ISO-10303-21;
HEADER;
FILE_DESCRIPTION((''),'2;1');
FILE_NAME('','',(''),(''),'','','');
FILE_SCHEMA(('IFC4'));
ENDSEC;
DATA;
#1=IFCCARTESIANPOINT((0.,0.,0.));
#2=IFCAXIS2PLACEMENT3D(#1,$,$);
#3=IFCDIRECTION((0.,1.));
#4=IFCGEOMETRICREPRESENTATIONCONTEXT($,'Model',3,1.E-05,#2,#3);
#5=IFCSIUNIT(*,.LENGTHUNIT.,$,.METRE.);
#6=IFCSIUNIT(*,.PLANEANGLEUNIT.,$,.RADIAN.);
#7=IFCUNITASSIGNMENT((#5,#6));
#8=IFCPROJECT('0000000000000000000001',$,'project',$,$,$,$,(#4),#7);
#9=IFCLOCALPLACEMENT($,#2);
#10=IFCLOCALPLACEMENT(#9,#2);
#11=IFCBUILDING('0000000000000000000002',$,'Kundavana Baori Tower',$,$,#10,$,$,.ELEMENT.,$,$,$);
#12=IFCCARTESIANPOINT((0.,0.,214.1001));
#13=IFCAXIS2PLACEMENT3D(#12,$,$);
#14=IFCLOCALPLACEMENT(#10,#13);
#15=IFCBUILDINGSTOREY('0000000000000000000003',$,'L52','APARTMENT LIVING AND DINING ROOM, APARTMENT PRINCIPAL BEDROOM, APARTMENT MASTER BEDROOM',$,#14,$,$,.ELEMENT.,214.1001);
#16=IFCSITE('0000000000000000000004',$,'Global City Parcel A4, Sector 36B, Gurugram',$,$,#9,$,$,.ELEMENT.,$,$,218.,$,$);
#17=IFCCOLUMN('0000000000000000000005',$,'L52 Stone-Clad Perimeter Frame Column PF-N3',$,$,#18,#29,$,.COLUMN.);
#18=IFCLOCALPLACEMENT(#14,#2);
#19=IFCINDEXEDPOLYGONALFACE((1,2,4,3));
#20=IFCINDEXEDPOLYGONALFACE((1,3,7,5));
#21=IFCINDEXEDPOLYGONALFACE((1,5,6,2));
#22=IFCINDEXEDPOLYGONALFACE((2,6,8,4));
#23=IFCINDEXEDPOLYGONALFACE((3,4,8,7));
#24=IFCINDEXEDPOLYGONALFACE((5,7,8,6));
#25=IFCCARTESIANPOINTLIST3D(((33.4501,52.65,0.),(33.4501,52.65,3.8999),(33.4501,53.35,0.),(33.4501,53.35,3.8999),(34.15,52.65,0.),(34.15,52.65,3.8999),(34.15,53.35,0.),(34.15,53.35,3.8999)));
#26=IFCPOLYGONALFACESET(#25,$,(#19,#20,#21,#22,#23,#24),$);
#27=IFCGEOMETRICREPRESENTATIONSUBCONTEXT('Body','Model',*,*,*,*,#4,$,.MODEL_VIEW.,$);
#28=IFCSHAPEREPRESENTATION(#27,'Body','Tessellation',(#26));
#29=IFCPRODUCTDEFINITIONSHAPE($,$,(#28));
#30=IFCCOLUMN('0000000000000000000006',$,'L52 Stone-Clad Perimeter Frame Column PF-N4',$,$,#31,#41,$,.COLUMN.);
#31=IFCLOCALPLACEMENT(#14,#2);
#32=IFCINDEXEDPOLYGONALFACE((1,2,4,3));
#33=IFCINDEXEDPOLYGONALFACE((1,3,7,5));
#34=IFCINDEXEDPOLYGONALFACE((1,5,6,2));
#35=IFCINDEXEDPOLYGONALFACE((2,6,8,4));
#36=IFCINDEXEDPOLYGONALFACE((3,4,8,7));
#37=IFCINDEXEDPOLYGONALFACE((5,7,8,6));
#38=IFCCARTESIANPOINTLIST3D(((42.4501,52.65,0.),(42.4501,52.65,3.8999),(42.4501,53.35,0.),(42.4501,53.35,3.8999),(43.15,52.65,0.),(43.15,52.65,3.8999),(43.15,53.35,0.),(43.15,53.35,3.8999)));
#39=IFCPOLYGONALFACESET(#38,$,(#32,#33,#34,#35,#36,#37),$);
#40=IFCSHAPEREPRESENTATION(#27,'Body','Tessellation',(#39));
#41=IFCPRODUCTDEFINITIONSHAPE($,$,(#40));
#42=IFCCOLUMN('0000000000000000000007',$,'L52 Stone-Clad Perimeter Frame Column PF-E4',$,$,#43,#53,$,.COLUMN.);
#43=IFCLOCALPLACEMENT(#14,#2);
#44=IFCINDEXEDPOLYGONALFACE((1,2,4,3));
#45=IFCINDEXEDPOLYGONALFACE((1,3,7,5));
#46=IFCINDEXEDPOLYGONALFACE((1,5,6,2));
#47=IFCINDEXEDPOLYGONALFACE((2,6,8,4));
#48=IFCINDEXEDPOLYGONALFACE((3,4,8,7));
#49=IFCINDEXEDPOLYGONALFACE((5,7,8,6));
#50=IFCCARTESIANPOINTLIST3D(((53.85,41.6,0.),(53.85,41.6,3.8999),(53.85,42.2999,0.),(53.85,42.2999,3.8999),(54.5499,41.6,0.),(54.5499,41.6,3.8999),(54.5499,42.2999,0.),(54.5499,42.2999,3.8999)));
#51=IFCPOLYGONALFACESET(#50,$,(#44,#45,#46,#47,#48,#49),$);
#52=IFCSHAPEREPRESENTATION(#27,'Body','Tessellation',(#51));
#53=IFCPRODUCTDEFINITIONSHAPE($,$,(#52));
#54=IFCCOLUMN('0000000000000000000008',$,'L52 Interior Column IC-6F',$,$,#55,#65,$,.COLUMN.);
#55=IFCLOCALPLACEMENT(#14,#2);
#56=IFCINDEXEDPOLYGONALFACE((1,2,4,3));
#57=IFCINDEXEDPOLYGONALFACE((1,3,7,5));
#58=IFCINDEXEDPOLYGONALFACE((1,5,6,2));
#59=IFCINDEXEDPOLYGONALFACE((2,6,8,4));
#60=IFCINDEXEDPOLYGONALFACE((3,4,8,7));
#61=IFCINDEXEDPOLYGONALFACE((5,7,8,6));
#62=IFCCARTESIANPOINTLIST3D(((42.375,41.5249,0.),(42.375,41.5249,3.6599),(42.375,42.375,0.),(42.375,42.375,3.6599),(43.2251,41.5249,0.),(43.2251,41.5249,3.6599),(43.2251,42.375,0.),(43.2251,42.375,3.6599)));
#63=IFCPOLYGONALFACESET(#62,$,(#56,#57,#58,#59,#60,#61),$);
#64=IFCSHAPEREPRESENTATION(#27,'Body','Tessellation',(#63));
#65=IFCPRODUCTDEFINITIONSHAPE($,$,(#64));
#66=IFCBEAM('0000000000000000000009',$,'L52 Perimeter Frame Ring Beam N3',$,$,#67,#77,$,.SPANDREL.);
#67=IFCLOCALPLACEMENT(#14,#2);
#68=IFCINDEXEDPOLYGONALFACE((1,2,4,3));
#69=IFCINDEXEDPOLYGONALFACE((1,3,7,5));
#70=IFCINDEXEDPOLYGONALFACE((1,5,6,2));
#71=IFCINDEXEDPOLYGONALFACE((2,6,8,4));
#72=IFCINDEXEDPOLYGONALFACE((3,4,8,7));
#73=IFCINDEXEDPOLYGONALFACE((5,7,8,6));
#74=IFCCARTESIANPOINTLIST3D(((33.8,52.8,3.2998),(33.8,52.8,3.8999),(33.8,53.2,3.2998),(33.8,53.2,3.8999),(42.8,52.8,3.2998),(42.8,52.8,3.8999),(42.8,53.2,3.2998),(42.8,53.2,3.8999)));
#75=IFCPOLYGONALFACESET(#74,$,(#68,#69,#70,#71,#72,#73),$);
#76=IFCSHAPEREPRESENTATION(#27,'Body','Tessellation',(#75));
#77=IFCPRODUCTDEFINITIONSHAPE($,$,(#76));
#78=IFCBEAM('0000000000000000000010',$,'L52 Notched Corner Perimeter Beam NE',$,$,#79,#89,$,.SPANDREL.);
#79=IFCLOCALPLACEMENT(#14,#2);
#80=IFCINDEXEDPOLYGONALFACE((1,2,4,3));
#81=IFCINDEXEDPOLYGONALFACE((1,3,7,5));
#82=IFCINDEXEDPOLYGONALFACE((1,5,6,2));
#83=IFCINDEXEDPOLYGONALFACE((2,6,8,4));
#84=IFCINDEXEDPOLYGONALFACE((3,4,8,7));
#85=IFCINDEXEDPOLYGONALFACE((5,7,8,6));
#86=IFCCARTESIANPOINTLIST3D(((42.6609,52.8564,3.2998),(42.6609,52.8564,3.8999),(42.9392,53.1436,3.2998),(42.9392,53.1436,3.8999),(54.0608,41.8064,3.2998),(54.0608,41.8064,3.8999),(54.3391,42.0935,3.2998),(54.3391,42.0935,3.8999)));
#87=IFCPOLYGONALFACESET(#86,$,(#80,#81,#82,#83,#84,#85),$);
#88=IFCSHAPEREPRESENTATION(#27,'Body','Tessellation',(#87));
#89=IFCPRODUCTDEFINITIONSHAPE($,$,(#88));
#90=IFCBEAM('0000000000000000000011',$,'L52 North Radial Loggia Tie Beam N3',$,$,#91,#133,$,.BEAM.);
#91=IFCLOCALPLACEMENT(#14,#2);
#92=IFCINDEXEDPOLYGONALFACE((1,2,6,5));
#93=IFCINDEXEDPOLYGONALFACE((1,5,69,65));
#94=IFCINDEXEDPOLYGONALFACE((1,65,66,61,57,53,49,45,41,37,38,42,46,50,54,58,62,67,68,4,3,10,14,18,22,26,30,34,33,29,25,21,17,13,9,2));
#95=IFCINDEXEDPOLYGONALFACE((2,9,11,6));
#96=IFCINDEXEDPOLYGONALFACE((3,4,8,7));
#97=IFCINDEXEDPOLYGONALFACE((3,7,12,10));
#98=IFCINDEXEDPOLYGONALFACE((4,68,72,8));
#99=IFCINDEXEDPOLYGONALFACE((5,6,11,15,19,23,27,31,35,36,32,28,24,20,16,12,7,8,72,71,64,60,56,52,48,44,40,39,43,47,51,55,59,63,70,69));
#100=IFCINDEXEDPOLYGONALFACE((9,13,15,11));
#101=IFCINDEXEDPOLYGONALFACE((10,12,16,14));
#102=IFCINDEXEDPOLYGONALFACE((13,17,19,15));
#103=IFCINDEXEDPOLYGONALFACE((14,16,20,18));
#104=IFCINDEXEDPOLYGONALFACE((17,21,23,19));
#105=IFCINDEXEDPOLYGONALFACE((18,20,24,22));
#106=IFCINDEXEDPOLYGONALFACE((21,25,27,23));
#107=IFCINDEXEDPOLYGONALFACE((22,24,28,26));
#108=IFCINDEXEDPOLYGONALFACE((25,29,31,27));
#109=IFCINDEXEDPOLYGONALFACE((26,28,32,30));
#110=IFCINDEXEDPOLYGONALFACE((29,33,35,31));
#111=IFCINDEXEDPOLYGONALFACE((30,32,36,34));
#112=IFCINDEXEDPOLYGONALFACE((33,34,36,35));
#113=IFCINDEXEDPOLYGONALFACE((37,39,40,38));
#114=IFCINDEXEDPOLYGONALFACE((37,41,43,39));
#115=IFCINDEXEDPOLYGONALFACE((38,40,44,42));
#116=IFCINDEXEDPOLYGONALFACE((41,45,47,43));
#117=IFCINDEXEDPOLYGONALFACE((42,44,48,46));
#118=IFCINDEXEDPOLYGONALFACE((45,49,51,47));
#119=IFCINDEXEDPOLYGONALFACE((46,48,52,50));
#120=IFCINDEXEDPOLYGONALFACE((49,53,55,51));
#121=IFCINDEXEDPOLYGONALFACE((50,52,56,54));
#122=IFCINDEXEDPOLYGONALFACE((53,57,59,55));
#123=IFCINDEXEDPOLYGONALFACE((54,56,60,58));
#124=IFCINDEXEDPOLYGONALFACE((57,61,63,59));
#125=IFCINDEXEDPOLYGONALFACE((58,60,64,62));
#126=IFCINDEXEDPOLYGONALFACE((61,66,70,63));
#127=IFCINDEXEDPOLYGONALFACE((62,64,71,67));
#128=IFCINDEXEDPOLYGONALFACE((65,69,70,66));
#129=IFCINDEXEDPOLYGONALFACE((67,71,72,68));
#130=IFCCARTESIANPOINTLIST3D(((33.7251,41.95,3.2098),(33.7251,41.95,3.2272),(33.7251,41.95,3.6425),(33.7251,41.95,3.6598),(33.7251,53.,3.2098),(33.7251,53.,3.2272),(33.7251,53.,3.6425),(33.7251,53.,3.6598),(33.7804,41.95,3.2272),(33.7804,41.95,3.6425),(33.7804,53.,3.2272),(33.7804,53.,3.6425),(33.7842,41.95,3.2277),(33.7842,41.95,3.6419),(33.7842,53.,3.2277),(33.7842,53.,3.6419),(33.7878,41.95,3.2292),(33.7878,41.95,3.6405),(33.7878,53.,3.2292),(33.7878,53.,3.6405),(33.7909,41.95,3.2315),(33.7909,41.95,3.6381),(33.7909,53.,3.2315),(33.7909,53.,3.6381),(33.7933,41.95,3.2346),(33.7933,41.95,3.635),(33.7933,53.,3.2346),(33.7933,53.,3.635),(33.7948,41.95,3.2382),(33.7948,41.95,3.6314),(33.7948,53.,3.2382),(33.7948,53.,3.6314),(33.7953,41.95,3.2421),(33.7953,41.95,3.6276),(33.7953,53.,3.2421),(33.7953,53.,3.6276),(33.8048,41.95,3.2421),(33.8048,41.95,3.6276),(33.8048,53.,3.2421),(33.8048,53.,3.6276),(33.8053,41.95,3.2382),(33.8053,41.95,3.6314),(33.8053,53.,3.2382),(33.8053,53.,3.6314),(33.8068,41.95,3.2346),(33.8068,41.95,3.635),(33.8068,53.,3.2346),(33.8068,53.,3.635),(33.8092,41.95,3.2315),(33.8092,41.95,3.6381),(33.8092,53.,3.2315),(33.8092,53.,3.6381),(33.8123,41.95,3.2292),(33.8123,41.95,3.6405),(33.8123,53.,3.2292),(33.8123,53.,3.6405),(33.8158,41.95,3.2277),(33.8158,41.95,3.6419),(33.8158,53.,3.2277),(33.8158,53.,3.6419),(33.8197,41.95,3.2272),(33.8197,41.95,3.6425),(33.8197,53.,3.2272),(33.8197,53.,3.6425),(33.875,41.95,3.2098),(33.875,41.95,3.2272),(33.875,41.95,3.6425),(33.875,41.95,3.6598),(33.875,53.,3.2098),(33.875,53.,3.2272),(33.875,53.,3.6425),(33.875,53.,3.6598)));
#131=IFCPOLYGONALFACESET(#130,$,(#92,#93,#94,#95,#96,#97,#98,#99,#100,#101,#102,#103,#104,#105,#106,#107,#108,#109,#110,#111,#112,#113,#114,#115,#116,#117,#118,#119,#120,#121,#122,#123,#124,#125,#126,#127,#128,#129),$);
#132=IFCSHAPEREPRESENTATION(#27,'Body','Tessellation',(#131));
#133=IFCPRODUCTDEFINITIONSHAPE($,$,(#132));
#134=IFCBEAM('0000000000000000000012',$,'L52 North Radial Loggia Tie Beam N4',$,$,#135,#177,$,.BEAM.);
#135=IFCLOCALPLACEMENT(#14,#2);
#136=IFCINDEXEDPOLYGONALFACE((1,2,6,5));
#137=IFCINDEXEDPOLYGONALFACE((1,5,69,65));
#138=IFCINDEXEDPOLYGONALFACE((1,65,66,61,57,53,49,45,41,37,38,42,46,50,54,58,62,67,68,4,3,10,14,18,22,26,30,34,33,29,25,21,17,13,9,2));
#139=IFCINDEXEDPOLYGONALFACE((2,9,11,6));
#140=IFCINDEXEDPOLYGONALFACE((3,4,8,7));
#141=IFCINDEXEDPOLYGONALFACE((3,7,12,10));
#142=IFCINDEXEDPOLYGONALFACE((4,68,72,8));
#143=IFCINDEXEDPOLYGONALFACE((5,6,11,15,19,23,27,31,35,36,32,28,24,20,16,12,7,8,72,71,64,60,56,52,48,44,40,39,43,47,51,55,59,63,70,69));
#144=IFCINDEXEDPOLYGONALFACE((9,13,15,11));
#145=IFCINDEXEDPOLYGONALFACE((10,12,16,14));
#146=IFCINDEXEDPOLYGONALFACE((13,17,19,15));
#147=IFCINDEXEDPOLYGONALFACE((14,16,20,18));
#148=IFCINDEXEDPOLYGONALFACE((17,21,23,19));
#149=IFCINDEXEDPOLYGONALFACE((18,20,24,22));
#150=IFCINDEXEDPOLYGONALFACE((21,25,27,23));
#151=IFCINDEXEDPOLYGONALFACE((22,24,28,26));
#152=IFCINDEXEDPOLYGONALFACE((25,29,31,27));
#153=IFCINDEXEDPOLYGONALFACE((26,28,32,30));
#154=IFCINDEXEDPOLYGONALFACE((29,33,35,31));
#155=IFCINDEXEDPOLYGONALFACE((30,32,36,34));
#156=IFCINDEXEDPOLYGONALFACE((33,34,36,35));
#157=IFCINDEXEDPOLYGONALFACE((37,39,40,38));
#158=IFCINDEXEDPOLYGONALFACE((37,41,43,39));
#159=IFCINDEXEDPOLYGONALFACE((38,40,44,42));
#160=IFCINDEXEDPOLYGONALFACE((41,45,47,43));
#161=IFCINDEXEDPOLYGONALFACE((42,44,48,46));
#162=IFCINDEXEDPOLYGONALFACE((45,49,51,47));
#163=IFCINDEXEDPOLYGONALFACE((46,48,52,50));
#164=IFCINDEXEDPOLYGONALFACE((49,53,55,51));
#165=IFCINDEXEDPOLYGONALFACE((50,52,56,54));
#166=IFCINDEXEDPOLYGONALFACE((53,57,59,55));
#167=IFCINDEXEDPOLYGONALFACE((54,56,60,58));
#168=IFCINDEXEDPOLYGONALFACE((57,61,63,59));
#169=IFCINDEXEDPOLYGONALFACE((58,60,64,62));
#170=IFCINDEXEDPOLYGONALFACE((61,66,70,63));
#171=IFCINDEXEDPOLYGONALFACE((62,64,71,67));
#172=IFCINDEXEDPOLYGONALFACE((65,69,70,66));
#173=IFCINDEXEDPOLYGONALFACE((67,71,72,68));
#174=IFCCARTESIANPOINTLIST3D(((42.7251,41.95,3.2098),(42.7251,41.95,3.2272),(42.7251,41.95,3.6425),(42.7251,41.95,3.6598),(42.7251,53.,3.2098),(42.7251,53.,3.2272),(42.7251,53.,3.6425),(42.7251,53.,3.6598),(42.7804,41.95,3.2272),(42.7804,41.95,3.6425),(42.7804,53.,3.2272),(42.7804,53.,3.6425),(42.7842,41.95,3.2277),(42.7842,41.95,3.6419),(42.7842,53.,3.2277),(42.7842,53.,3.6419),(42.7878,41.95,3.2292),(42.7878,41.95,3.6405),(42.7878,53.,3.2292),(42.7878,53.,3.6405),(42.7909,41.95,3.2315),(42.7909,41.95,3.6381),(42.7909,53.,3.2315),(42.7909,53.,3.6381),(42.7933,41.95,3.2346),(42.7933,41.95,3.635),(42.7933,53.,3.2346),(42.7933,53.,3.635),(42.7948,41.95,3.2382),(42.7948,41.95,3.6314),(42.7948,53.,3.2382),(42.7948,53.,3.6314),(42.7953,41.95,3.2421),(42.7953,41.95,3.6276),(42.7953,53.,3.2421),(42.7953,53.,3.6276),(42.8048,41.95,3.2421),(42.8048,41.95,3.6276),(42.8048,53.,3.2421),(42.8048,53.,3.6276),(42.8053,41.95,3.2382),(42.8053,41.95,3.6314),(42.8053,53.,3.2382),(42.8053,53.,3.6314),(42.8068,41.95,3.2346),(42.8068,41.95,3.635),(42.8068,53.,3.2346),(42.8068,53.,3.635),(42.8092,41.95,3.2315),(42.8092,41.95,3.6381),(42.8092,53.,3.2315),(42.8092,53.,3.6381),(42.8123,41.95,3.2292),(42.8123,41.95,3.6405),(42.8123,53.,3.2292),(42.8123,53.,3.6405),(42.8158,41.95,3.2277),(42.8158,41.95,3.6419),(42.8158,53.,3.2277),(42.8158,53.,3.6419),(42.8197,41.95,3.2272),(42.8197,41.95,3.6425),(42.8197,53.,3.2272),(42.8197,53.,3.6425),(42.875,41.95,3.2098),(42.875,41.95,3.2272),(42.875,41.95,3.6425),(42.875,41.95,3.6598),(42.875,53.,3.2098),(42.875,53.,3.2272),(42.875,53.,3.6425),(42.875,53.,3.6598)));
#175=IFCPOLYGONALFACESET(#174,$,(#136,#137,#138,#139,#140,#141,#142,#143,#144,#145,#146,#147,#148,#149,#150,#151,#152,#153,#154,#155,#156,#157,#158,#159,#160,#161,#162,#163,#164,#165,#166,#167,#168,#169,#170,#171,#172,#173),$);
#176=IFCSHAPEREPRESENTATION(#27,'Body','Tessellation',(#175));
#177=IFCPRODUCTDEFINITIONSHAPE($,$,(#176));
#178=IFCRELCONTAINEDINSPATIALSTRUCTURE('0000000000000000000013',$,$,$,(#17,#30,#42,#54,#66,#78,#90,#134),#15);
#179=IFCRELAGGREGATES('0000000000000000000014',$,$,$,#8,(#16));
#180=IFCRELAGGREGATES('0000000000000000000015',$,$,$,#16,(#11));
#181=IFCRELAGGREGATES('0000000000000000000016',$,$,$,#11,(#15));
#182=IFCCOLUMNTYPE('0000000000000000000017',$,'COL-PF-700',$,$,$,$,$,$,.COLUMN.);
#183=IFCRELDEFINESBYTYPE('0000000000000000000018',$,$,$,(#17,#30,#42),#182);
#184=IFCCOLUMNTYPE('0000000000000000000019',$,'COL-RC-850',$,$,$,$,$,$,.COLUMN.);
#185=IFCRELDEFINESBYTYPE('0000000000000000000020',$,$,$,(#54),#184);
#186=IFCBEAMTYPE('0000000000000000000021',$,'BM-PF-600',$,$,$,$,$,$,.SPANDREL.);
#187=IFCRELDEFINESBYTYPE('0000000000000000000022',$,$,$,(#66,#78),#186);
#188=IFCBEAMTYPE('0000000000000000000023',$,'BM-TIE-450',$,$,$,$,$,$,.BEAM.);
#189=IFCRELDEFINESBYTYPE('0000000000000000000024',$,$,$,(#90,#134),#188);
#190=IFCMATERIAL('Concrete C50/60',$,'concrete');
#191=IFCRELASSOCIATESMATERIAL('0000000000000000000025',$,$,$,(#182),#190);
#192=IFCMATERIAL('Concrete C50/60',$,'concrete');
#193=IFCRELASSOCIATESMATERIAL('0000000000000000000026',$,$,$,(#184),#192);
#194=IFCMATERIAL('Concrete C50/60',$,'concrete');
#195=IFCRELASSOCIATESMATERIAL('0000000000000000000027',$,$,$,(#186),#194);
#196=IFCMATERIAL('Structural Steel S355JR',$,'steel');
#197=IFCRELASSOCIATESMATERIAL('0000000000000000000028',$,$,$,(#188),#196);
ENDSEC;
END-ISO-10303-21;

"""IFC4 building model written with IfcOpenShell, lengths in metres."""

from ifc_helpers import new_model, si_unit, direction, frame, origin, origin_2d, place, context, subcontext, project, spatial, rectangle, i_section, extrude, material, material_profile, profile_set, type_object, element, save


model = new_model("IFC4")

# Units and contexts
model_context = context("Model", 3, precision=1e-05, world=origin(), true_north=direction((0.0, 1.0)))
body_context = subcontext(model_context, "Body", "Model", "MODEL_VIEW")
ifc_project = project(units=[si_unit("LENGTHUNIT", "METRE"), si_unit("PLANEANGLEUNIT", "RADIAN")], contexts=[model_context])

# Site, building, storey
site_placement = place(None, origin())
site = spatial("IfcSite", under=ifc_project, at=site_placement, Name="Global City Parcel A4, Sector 36B, Gurugram", CompositionType="ELEMENT", RefElevation=218.0)
building_placement = place(site_placement, origin())
building = spatial("IfcBuilding", under=site, at=building_placement, Name="Kundavana Baori Tower", CompositionType="ELEMENT")
storey_placement = place(building_placement, frame((0.0, 0.0, 214.1001)))
storey = spatial("IfcBuildingStorey", under=building, at=storey_placement, Name="L52", Description="APARTMENT LIVING AND DINING ROOM, APARTMENT PRINCIPAL BEDROOM, APARTMENT MASTER BEDROOM", CompositionType="ELEMENT", Elevation=214.1001)

# Columns
ifc_material_1 = material(Name="Concrete C50/60", Category="concrete")
ifc_material_profile_1 = material_profile(ifc_material_1, rectangle(XDim=0.7, YDim=0.7, at=origin_2d()), Name="RC PF 700x700")
ifc_profile_set_1 = profile_set([ifc_material_profile_1], Name="Concrete C50/60")
column_type_1 = type_object("IfcColumnType", Name="COL-PF-700", PredefinedType="COLUMN", material=ifc_profile_set_1)
for number, where, z_axis, x_axis, name in (
    (1, (33.8, 53.0, 0.0), (0.0, 0.0, 1.0), (1.0, 0.0, 0.0), "L52 Stone-Clad Perimeter Frame Column PF-N3"),
    (2, (42.8, 53.0, 0.0), (0.0, 0.0, 1.0), (1.0, 0.0, 0.0), "L52 Stone-Clad Perimeter Frame Column PF-N4"),
    (3, (54.2, 41.95, 0.0), (0.0, 0.0, 1.0), (1.0, 0.0, 0.0), "L52 Stone-Clad Perimeter Frame Column PF-E4"),
):
    element("IfcColumn", number, at=place(storey_placement, frame(where, z_axis=z_axis, x_axis=x_axis)), inside=storey, type_object=column_type_1, Name=name, PredefinedType="COLUMN", context=body_context, shape_type="SweptSolid", body=[
        extrude(rectangle(XDim=0.7, YDim=0.7, at=origin_2d()), origin(), (0.0, 0.0, 1.0), 3.8999),
    ])
ifc_material_2 = material(Name="Concrete C50/60", Category="concrete")
ifc_material_profile_2 = material_profile(ifc_material_2, rectangle(XDim=0.8501, YDim=0.8501, at=origin_2d()), Name="RC 850x850")
ifc_profile_set_2 = profile_set([ifc_material_profile_2], Name="Concrete C50/60")
column_type_2 = type_object("IfcColumnType", Name="COL-RC-850", PredefinedType="COLUMN", material=ifc_profile_set_2)
column_placement = place(storey_placement, frame((42.8, 41.95, 0.0), z_axis=(0.0, 0.0, 1.0), x_axis=(1.0, 0.0, 0.0)))
element("IfcColumn", 4, at=column_placement, inside=storey, type_object=column_type_2, Name="L52 Interior Column IC-6F", PredefinedType="COLUMN", context=body_context, shape_type="SweptSolid", body=[
    extrude(rectangle(XDim=0.8501, YDim=0.8501, at=origin_2d()), origin(), (0.0, 0.0, 1.0), 3.6599),
])

# Beams
ifc_material_3 = material(Name="Concrete C50/60", Category="concrete")
ifc_material_profile_3 = material_profile(ifc_material_3, rectangle(XDim=0.3999, YDim=0.6001, at=origin_2d()), Name="RC BM 400x600")
ifc_profile_set_3 = profile_set([ifc_material_profile_3], Name="Concrete C50/60")
beam_type_1 = type_object("IfcBeamType", Name="BM-PF-600", PredefinedType="SPANDREL", material=ifc_profile_set_3)
beam_1_placement = place(storey_placement, frame((33.8, 53.0, 3.5999), z_axis=(1.0, 0.0, 0.0), x_axis=(0.0, 1.0, 0.0)))
element("IfcBeam", 5, at=beam_1_placement, inside=storey, type_object=beam_type_1, Name="L52 Perimeter Frame Ring Beam N3", PredefinedType="SPANDREL", context=body_context, shape_type="SweptSolid", body=[
    extrude(rectangle(XDim=0.3999, YDim=0.6001, at=origin_2d()), origin(), (0.0, 0.0, 1.0), 9.0),
])
beam_2_placement = place(storey_placement, frame((42.8, 53.0, 3.5999), z_axis=(0.718039, -0.696003, 0.0), x_axis=(0.696003, 0.718039, 0.0)))
element("IfcBeam", 6, at=beam_2_placement, inside=storey, type_object=beam_type_1, Name="L52 Notched Corner Perimeter Beam NE", PredefinedType="SPANDREL", context=body_context, shape_type="SweptSolid", body=[
    extrude(rectangle(XDim=0.3999, YDim=0.6001, at=origin_2d()), origin(), (0.0, 0.0, 1.0), 15.8765),
])
ifc_material_4 = material(Name="Structural Steel S355JR", Category="steel")
ifc_material_profile_4 = material_profile(ifc_material_4, i_section(OverallWidth=0.1499, OverallDepth=0.45, WebThickness=0.0095, FlangeThickness=0.0173, FilletRadius=0.0149, at=origin_2d()), Name="ISMB 450")
ifc_profile_set_4 = profile_set([ifc_material_profile_4], Name="Structural Steel S355JR")
beam_type_2 = type_object("IfcBeamType", Name="BM-TIE-450", PredefinedType="BEAM", material=ifc_profile_set_4)
for number, where, z_axis, x_axis, name in (
    (7, (33.8, 41.95, 3.4348), (0.0, 1.0, 0.0), (-1.0, 0.0, 0.0), "L52 North Radial Loggia Tie Beam N3"),
    (8, (42.8, 41.95, 3.4348), (0.0, 1.0, 0.0), (-1.0, 0.0, 0.0), "L52 North Radial Loggia Tie Beam N4"),
):
    element("IfcBeam", number, at=place(storey_placement, frame(where, z_axis=z_axis, x_axis=x_axis)), inside=storey, type_object=beam_type_2, Name=name, PredefinedType="BEAM", context=body_context, shape_type="SweptSolid", body=[
        extrude(i_section(OverallWidth=0.1499, OverallDepth=0.45, WebThickness=0.0095, FlangeThickness=0.0173, FilletRadius=0.0149, at=origin_2d()), origin(), (0.0, 0.0, 1.0), 11.05),
    ])

save(model, "model.ifc")
